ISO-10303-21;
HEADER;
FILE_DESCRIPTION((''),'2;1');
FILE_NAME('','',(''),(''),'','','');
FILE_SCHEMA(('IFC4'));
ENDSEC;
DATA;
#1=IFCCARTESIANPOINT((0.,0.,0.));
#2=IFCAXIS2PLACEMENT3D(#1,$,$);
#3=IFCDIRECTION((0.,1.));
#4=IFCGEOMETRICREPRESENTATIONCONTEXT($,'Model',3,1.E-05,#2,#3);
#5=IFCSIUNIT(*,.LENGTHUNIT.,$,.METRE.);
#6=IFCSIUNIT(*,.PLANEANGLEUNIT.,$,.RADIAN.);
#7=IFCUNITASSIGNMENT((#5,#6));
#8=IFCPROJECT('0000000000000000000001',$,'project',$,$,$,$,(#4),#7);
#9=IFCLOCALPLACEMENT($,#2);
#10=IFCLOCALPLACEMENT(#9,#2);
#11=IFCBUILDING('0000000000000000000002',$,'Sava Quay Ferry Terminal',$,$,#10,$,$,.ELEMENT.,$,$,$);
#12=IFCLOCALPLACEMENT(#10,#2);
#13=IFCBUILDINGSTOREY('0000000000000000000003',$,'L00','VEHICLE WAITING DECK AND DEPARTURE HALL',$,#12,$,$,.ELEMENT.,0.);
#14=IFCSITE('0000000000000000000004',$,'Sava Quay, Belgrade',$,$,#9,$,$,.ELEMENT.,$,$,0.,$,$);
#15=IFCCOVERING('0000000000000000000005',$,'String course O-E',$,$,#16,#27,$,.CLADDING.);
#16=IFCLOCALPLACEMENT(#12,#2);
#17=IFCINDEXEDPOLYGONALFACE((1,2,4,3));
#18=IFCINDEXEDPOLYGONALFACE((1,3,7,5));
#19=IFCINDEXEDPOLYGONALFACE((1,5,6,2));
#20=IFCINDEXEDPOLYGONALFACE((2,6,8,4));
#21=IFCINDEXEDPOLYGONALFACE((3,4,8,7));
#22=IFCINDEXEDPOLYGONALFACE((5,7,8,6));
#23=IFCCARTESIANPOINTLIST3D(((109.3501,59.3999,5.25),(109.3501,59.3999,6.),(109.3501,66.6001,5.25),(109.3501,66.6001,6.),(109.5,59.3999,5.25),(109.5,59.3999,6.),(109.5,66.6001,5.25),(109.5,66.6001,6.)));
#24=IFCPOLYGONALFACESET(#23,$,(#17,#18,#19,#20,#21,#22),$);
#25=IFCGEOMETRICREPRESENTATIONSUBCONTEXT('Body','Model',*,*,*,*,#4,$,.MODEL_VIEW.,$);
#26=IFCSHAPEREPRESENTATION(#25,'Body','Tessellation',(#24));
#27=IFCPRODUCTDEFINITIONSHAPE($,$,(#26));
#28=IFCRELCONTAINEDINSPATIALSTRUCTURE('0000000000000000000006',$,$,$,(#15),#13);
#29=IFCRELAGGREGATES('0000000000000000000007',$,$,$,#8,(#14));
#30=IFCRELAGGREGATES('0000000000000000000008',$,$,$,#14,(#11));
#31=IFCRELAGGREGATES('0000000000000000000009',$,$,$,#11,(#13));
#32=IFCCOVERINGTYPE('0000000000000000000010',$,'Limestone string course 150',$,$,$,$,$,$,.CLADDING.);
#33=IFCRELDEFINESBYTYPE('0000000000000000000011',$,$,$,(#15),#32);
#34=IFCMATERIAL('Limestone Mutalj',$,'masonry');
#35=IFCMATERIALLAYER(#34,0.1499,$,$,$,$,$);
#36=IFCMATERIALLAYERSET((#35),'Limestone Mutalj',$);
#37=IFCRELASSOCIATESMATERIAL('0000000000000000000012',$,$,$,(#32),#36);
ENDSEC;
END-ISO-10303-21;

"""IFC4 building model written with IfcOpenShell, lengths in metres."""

from ifc_helpers import new_model, si_unit, direction, frame, origin, place, context, subcontext, project, spatial, polyline, outline, extrude, material, layer, layer_set, type_object, element, save


model = new_model("IFC4")

# Units and contexts
model_context = context("Model", 3, precision=1e-05, world=origin(), true_north=direction((0.0, 1.0)))
body_context = subcontext(model_context, "Body", "Model", "MODEL_VIEW")
ifc_project = project(units=[si_unit("LENGTHUNIT", "METRE"), si_unit("PLANEANGLEUNIT", "RADIAN")], contexts=[model_context])

# Site, building, storey
site_placement = place(None, origin())
site = spatial("IfcSite", under=ifc_project, at=site_placement, Name="Sava Quay, Belgrade", CompositionType="ELEMENT", RefElevation=0.0)
building_placement = place(site_placement, origin())
building = spatial("IfcBuilding", under=site, at=building_placement, Name="Sava Quay Ferry Terminal", CompositionType="ELEMENT")
storey_placement = place(building_placement, origin())
storey = spatial("IfcBuildingStorey", under=building, at=storey_placement, Name="L00", Description="VEHICLE WAITING DECK AND DEPARTURE HALL", CompositionType="ELEMENT", Elevation=0.0)

# Covering
ifc_material = material(Name="Limestone Mutalj", Category="masonry")
ifc_layer = layer(ifc_material, 0.1499)
ifc_layer_set = layer_set([ifc_layer], Name="Limestone Mutalj")
covering_type = type_object("IfcCoveringType", Name="Limestone string course 150", PredefinedType="CLADDING", material=ifc_layer_set)
covering_1_placement = place(storey_placement, frame((0.0, 0.0, 5.25)))
element("IfcCovering", 1, at=covering_1_placement, inside=storey, type_object=covering_type, Name="String course O-E", PredefinedType="CLADDING", context=body_context, shape_type="SweptSolid", body=[
    extrude(outline(polyline([(109.3501, 59.3999), (109.3501, 66.6001), (109.5, 66.6001), (109.5, 59.3999), (109.3501, 59.3999)])), origin(), (0.0, 0.0, 1.0), 0.75),
])

save(model, "model.ifc")
